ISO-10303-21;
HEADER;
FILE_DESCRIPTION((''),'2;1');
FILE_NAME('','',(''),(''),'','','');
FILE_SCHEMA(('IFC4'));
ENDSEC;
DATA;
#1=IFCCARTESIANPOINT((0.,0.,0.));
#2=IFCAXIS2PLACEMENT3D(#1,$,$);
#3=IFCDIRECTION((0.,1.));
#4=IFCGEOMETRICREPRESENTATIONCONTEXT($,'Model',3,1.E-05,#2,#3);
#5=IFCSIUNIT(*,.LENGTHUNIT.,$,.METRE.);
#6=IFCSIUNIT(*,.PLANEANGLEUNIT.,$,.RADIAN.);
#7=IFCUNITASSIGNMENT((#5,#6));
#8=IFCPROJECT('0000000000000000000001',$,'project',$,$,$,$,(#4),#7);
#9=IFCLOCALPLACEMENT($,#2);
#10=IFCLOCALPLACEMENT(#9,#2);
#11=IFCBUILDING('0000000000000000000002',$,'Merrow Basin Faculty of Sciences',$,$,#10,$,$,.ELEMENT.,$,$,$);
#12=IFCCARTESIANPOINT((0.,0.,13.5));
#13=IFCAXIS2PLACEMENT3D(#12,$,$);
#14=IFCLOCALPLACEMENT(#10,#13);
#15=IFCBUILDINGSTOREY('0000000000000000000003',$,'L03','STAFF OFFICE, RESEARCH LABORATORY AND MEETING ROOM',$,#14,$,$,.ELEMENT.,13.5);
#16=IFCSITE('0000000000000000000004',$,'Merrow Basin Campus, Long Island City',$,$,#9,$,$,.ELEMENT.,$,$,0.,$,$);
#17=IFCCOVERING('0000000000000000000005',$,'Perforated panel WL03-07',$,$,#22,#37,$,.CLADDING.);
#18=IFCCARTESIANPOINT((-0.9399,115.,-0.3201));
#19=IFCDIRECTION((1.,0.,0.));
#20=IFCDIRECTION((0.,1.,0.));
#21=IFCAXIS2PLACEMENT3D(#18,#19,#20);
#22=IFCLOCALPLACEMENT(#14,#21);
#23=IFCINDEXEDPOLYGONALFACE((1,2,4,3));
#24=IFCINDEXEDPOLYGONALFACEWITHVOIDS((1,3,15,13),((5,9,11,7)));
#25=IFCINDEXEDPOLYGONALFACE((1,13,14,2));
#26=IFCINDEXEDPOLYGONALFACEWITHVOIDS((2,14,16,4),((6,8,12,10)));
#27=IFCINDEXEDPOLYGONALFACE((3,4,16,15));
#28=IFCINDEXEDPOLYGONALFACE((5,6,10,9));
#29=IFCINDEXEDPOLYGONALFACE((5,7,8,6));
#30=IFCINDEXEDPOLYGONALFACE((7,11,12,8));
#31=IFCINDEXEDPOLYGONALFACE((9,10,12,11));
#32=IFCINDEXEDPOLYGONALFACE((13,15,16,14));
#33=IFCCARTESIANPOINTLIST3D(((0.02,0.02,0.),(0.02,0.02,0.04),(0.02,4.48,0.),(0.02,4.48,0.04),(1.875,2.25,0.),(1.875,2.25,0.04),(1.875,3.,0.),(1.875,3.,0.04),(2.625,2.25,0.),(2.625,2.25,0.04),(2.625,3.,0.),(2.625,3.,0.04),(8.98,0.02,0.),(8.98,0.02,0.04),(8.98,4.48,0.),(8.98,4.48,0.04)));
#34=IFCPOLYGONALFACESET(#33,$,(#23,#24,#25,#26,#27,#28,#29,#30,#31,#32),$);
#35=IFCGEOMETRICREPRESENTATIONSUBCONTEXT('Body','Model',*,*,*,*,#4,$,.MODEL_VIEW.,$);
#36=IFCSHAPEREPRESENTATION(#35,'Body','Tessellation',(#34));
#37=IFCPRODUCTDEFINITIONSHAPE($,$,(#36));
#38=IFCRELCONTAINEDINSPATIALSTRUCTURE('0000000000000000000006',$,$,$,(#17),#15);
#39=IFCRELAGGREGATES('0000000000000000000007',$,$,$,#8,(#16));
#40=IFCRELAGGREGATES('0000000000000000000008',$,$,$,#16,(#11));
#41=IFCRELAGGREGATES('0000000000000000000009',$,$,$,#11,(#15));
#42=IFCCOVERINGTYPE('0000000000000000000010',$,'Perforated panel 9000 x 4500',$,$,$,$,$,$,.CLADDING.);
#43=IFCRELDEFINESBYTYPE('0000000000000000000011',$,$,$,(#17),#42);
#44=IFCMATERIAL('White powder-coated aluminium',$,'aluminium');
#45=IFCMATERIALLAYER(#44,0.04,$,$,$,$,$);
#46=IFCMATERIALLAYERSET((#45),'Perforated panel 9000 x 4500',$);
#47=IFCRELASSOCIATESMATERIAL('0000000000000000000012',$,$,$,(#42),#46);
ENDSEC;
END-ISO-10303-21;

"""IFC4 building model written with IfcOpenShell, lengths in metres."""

from ifc_helpers import new_model, si_unit, direction, frame, origin, place, context, subcontext, project, spatial, polyline, outline, extrude, source, transform, mapped, material, layer, layer_set, type_object, element, save


model = new_model("IFC4")

# Units and contexts
model_context = context("Model", 3, precision=1e-05, world=origin(), true_north=direction((0.0, 1.0)))
body_context = subcontext(model_context, "Body", "Model", "MODEL_VIEW")
ifc_project = project(units=[si_unit("LENGTHUNIT", "METRE"), si_unit("PLANEANGLEUNIT", "RADIAN")], contexts=[model_context])

# Site, building, storey
site_placement = place(None, origin())
site = spatial("IfcSite", under=ifc_project, at=site_placement, Name="Merrow Basin Campus, Long Island City", CompositionType="ELEMENT", RefElevation=0.0)
building_placement = place(site_placement, origin())
building = spatial("IfcBuilding", under=site, at=building_placement, Name="Merrow Basin Faculty of Sciences", CompositionType="ELEMENT")
storey_placement = place(building_placement, frame((0.0, 0.0, 13.5)))
storey = spatial("IfcBuildingStorey", under=building, at=storey_placement, Name="L03", Description="STAFF OFFICE, RESEARCH LABORATORY AND MEETING ROOM", CompositionType="ELEMENT", Elevation=13.5)

# Covering
ifc_material_1 = material(Name="White powder-coated aluminium", Category="aluminium")
ifc_layer_1 = layer(ifc_material_1, 0.04)
ifc_layer_set_1 = layer_set([ifc_layer_1], Name="Perforated panel 9000 x 4500")
covering_type = type_object("IfcCoveringType", Name="Perforated panel 9000 x 4500", PredefinedType="CLADDING", material=ifc_layer_set_1)
shared_shape_1 = source(origin(), body_context, "Body", "SweptSolid", [
    extrude(outline(polyline([(0.02, 0.02), (8.98, 0.02), (8.98, 4.48), (0.02, 4.48), (0.02, 0.02)]), holes=[polyline([(1.875, 2.25), (2.625, 2.25), (2.625, 3.0), (1.875, 3.0), (1.875, 2.25)])]), origin(), (0.0, 0.0, 1.0), 0.04),
])
covering_placement = place(storey_placement, frame((-0.9399, 115.0, -0.3201), z_axis=(1.0, 0.0, 0.0), x_axis=(0.0, 1.0, 0.0)))
element("IfcCovering", 1, at=covering_placement, inside=storey, type_object=covering_type, Name="Perforated panel WL03-07", PredefinedType="CLADDING", context=body_context, shape_type="MappedRepresentation", body=[
    mapped(shared_shape_1, transform((0.0, 0.0, 0.0), scale=1.0)),
])

save(model, "model.ifc")
